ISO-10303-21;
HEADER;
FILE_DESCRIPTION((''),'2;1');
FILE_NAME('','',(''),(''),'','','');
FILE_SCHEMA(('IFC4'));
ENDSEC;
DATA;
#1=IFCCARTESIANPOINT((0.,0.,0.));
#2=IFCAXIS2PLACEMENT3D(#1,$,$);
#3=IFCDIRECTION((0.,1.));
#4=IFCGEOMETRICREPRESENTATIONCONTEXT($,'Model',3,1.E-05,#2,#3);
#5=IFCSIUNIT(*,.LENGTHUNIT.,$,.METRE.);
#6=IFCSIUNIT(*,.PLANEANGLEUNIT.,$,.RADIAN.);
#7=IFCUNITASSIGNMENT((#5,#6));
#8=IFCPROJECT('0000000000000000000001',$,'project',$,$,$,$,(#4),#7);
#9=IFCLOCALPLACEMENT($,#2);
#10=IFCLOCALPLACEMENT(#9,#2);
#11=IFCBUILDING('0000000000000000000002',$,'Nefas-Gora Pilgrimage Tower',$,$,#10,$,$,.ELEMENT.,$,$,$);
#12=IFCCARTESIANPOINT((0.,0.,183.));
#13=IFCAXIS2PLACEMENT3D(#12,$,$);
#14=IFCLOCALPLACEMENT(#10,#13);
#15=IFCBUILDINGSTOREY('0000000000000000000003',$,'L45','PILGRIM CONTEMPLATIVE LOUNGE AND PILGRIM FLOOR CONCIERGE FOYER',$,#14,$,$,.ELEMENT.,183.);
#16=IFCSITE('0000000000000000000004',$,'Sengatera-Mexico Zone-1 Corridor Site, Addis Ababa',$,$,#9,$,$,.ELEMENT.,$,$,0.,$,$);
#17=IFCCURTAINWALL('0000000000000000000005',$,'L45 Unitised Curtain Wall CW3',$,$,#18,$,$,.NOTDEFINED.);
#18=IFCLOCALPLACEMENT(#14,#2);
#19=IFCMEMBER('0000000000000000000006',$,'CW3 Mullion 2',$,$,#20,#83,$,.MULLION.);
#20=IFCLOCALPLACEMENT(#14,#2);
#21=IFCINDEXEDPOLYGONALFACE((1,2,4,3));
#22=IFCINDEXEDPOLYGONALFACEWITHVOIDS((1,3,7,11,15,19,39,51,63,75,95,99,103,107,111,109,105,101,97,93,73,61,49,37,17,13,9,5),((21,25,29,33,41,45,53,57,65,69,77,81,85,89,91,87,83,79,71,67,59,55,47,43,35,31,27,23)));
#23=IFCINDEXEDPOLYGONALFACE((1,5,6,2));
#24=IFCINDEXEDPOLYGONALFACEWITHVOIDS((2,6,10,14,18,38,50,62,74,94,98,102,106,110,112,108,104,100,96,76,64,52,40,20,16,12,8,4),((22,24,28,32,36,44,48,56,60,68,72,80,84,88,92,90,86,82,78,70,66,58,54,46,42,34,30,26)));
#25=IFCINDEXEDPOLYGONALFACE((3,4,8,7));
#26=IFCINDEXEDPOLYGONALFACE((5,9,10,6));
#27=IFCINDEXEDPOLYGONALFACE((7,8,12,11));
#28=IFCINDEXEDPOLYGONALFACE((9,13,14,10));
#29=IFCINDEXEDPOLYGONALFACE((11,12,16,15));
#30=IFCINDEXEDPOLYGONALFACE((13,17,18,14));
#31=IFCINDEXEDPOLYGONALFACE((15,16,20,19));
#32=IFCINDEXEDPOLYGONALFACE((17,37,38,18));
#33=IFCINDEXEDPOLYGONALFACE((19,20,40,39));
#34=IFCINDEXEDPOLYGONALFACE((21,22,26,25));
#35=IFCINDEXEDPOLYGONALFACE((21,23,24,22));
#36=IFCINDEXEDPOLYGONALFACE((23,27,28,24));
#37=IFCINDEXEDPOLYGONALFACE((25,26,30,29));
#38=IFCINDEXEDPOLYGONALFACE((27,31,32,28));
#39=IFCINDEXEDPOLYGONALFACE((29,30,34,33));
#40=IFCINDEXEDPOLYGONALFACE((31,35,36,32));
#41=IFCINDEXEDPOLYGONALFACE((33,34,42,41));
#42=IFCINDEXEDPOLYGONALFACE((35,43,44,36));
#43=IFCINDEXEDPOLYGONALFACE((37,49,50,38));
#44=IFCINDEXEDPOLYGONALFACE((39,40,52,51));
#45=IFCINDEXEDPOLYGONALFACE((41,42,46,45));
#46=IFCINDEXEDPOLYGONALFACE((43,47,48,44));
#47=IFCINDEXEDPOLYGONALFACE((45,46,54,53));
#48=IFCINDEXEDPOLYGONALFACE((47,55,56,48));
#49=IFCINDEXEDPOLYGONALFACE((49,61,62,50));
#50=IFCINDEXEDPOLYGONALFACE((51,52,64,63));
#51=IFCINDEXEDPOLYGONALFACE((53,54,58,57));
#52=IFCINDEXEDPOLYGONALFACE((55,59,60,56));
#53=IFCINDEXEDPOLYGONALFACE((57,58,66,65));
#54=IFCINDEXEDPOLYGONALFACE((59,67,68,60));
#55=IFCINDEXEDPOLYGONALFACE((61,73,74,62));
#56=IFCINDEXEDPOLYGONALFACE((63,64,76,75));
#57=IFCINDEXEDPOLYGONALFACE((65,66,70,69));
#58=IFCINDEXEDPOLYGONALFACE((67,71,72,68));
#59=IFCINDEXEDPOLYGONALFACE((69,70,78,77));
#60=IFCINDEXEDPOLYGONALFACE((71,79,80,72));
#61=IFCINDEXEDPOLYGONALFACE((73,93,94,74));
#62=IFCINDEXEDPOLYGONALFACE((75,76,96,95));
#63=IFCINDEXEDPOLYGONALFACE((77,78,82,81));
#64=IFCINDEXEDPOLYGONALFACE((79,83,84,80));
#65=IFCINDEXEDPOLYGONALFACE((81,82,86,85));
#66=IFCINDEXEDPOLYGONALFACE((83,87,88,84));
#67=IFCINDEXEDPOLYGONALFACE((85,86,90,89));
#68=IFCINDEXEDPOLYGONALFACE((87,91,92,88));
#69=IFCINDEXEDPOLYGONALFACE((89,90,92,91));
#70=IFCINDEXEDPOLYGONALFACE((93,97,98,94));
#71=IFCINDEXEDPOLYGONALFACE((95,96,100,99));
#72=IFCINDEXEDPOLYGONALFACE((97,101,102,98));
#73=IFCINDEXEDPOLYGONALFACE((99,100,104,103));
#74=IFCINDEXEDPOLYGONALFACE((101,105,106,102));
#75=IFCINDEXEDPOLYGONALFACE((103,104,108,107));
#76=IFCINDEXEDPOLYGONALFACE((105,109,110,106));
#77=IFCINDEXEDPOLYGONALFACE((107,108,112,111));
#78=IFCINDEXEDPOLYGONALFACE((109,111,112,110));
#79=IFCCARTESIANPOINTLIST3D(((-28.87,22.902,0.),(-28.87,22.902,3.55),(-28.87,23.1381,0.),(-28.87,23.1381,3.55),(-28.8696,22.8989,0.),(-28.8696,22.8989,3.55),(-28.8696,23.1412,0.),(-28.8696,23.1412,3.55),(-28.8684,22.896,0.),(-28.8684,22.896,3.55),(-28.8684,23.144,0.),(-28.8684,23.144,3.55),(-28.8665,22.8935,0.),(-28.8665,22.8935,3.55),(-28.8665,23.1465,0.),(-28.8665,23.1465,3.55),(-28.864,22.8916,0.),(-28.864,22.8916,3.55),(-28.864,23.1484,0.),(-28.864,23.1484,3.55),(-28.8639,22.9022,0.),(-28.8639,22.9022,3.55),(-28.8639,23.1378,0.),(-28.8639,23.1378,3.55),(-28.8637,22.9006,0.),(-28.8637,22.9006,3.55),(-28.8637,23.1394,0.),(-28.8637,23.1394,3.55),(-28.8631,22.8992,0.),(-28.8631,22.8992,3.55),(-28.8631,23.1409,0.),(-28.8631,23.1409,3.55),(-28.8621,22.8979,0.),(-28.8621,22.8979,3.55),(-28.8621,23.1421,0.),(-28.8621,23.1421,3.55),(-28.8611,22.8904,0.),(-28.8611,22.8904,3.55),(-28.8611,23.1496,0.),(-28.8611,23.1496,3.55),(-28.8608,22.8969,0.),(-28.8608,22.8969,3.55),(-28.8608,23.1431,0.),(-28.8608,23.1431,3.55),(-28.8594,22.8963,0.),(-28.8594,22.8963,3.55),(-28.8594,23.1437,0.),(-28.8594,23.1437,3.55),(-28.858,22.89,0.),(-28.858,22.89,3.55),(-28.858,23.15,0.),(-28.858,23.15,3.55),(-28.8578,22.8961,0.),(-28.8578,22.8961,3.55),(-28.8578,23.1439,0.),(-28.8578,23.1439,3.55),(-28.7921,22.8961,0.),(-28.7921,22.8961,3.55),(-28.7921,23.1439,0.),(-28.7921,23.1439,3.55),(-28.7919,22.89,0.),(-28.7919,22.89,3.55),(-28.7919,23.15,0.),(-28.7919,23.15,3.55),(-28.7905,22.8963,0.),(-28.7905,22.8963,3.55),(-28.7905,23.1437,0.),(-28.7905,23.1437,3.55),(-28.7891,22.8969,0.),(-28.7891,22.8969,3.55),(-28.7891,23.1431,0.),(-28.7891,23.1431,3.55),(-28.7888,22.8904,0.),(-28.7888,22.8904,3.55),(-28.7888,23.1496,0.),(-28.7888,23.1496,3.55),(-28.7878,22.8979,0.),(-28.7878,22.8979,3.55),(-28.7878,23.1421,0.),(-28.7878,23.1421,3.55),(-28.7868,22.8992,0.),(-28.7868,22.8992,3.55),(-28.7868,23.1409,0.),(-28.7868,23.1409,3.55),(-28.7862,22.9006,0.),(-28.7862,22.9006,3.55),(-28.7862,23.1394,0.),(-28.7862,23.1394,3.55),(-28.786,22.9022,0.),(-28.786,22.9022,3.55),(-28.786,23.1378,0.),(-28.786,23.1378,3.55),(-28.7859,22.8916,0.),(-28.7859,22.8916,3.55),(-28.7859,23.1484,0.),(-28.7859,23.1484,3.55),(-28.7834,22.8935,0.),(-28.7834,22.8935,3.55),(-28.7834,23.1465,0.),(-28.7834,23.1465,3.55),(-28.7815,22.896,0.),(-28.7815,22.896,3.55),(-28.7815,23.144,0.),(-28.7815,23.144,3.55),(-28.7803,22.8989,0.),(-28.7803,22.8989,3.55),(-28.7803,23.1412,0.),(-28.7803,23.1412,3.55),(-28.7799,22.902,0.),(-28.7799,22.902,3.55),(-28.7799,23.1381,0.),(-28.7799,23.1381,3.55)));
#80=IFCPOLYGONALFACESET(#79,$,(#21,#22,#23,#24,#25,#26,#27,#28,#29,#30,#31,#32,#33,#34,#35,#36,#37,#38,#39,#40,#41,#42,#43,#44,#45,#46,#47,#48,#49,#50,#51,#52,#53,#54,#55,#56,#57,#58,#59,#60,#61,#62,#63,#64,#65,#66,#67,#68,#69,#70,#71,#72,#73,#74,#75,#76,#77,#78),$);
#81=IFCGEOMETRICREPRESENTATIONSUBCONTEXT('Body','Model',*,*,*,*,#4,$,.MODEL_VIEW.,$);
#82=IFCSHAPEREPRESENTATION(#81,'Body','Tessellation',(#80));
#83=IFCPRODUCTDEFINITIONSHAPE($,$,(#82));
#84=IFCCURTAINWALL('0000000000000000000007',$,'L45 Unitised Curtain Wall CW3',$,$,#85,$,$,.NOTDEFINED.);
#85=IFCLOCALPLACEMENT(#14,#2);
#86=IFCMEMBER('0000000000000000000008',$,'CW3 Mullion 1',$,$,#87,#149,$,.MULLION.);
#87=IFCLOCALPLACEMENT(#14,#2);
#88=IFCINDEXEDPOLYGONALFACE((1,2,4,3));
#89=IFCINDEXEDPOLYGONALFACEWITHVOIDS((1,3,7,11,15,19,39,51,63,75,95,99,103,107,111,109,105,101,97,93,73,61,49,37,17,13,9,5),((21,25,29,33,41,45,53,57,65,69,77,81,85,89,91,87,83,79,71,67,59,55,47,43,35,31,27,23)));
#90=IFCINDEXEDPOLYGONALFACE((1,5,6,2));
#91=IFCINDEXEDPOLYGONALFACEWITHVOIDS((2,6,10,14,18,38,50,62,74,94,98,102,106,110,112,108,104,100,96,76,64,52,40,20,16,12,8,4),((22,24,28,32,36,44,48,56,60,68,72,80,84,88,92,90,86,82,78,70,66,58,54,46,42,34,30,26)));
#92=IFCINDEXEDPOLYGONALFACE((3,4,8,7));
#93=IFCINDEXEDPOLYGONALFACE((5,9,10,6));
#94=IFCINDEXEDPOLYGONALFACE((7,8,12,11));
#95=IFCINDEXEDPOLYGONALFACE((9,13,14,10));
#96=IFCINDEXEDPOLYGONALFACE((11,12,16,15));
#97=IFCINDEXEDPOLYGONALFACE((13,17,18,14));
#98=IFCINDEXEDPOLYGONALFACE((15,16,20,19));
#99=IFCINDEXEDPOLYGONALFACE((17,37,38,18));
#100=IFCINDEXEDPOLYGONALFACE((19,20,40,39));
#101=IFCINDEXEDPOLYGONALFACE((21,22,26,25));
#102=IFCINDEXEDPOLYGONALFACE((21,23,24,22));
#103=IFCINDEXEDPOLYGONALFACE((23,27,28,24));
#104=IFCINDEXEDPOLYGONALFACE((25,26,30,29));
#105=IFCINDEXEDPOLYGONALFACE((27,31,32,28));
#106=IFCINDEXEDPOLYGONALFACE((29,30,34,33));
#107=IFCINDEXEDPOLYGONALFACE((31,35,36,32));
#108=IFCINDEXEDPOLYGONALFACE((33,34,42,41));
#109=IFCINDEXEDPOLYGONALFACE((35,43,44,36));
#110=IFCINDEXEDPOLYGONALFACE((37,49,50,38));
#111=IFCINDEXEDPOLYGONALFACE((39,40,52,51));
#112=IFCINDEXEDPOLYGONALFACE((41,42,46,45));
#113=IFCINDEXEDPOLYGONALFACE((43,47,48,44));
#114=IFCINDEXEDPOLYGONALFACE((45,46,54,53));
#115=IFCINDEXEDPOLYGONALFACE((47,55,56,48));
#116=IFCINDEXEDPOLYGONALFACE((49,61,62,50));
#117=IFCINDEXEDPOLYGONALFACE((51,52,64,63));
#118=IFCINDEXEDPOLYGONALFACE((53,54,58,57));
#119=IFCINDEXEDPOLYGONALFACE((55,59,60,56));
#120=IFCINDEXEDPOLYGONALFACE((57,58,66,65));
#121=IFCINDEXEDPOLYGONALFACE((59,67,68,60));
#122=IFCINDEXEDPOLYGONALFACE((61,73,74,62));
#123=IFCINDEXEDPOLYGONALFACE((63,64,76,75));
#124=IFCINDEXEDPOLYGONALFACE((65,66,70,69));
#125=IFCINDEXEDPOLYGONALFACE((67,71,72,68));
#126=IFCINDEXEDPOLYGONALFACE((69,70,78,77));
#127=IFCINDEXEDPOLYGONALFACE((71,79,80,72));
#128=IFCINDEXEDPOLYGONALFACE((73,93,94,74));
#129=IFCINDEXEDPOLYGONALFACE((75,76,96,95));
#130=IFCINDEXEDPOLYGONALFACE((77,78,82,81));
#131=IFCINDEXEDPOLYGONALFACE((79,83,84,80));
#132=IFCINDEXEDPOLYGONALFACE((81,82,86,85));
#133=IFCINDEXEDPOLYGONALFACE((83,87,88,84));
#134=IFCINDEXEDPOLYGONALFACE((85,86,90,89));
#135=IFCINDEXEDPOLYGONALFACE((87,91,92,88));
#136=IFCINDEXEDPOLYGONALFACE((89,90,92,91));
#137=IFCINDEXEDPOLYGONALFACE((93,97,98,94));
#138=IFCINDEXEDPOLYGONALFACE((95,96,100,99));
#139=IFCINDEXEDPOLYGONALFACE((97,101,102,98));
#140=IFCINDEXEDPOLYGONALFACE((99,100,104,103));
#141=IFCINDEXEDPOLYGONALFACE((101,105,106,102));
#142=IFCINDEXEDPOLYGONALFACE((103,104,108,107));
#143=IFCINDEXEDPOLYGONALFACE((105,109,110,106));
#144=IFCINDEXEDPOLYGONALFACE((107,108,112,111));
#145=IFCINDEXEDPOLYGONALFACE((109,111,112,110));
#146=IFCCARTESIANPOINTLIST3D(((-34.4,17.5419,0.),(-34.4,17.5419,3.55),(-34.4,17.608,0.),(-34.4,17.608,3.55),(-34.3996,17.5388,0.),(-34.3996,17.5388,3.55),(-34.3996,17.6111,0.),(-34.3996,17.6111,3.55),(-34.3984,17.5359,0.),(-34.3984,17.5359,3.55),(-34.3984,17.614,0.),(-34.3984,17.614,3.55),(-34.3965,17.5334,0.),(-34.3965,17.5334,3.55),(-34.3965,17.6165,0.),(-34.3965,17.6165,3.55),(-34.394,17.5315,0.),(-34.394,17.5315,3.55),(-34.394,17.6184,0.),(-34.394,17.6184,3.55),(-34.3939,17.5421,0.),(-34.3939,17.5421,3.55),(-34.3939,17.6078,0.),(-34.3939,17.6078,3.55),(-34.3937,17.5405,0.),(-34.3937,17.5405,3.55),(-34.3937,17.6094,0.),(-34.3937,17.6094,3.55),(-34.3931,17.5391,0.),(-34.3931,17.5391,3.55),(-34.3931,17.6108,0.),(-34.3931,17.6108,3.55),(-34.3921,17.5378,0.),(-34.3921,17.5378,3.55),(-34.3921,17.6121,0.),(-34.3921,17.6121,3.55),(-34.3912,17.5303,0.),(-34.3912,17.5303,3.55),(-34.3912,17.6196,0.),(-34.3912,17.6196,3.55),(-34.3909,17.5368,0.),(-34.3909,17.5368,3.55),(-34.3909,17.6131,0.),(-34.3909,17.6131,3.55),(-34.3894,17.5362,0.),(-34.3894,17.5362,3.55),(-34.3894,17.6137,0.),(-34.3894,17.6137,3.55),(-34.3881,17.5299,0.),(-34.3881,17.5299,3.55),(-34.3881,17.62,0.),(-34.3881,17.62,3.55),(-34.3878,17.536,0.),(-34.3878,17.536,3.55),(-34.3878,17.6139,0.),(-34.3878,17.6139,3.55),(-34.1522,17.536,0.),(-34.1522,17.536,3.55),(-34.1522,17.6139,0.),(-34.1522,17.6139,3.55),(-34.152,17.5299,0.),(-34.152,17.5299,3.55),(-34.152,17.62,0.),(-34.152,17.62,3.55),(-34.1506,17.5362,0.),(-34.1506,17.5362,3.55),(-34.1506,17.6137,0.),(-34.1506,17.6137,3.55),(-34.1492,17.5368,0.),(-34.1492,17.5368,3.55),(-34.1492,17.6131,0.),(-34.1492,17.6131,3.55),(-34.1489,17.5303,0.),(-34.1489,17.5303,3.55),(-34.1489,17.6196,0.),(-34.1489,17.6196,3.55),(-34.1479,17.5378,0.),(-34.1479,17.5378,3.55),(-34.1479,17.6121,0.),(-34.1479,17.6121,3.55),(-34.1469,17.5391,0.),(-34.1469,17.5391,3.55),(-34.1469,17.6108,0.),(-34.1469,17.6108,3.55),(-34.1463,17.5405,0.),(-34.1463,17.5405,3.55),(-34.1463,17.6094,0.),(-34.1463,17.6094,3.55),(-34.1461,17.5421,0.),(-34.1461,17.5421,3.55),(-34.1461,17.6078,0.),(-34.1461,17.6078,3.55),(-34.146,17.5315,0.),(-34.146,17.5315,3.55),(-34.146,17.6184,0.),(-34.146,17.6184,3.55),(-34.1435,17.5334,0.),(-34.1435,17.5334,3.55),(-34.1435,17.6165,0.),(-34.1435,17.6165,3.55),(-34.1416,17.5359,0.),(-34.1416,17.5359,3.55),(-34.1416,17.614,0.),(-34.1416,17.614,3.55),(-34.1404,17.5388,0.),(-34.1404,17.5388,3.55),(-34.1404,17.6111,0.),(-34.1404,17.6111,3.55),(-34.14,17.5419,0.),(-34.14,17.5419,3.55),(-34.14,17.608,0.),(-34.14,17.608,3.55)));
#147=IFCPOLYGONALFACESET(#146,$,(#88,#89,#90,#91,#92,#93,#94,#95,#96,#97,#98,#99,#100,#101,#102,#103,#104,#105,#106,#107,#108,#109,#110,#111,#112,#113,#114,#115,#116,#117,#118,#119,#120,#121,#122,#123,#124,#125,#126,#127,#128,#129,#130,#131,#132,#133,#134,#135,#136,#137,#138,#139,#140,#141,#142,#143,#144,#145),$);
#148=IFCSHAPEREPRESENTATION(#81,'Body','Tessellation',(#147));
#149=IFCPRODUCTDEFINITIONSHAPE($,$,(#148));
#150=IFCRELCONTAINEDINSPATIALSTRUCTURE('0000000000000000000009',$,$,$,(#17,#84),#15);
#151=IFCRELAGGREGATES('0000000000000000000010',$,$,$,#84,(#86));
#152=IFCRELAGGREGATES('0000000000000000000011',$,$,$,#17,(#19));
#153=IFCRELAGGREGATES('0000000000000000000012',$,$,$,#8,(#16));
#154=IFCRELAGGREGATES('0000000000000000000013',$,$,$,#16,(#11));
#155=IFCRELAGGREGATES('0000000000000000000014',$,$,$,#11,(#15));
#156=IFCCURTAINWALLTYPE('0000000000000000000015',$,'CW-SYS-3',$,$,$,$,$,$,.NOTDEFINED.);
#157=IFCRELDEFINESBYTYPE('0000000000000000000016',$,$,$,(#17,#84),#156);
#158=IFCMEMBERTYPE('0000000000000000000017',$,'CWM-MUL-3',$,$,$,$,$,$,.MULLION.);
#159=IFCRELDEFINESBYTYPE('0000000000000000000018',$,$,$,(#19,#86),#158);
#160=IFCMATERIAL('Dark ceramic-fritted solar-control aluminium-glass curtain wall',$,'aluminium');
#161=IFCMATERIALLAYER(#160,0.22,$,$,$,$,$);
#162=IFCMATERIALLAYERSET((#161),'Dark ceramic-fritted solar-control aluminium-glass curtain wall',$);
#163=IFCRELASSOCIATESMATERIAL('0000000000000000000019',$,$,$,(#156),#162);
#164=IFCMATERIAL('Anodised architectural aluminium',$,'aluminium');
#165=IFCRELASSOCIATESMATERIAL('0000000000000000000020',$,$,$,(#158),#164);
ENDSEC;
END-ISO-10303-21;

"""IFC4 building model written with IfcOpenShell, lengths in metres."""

from ifc_helpers import new_model, si_unit, direction, frame, origin, origin_2d, place, context, subcontext, project, spatial, hollow_rectangle, extrude, source, transform, mapped, material, layer, layer_set, material_profile, profile_set, type_object, element, aggregate, save


model = new_model("IFC4")

# Units and contexts
model_context = context("Model", 3, precision=1e-05, world=origin(), true_north=direction((0.0, 1.0)))
body_context = subcontext(model_context, "Body", "Model", "MODEL_VIEW")
ifc_project = project(units=[si_unit("LENGTHUNIT", "METRE"), si_unit("PLANEANGLEUNIT", "RADIAN")], contexts=[model_context])

# Site, building, storey
site_placement = place(None, origin())
site = spatial("IfcSite", under=ifc_project, at=site_placement, Name="Sengatera-Mexico Zone-1 Corridor Site, Addis Ababa", CompositionType="ELEMENT", RefElevation=0.0)
building_placement = place(site_placement, origin())
building = spatial("IfcBuilding", under=site, at=building_placement, Name="Nefas-Gora Pilgrimage Tower", CompositionType="ELEMENT")
storey_placement = place(building_placement, frame((0.0, 0.0, 183.0)))
storey = spatial("IfcBuildingStorey", under=building, at=storey_placement, Name="L45", Description="PILGRIM CONTEMPLATIVE LOUNGE AND PILGRIM FLOOR CONCIERGE FOYER", CompositionType="ELEMENT", Elevation=183.0)

# Shared definitions
ifc_material_1 = material(Name="Dark ceramic-fritted solar-control aluminium-glass curtain wall", Category="aluminium")
ifc_material_2 = material(Name="Anodised architectural aluminium", Category="aluminium")

# Curtain walls, members
ifc_layer_1 = layer(ifc_material_1, 0.22)
ifc_layer_set_1 = layer_set([ifc_layer_1], Name="Dark ceramic-fritted solar-control aluminium-glass curtain wall")
curtain_wall_type_1 = type_object("IfcCurtainWallType", Name="CW-SYS-3", PredefinedType="NOTDEFINED", material=ifc_layer_set_1)
curtain_wall_1_placement = place(storey_placement, origin())
curtain_wall_1 = element("IfcCurtainWall", 1, at=curtain_wall_1_placement, inside=storey, type_object=curtain_wall_type_1, Name="L45 Unitised Curtain Wall CW3", PredefinedType="NOTDEFINED")
ifc_material_profile_1 = material_profile(ifc_material_2, hollow_rectangle(XDim=0.0901, YDim=0.26, WallThickness=0.0061, InnerFilletRadius=0.0061, OuterFilletRadius=0.012, at=origin_2d()), Name="ALU MULLION 90x260")
ifc_profile_set_1 = profile_set([ifc_material_profile_1], Name="Anodised architectural aluminium")
member_type_1 = type_object("IfcMemberType", Name="CWM-MUL-3", PredefinedType="MULLION", material=ifc_profile_set_1)
shared_shape_1 = source(origin(), body_context, "Body", "SweptSolid", [
    extrude(hollow_rectangle(XDim=0.0901, YDim=0.26, WallThickness=0.0061, InnerFilletRadius=0.0061, OuterFilletRadius=0.012, at=origin_2d()), origin(), (0.0, 0.0, 1.0), 3.55),
])
member_1_placement = place(storey_placement, frame((-28.825, 23.02, 0.0), z_axis=(0.0, 0.0, 1.0), x_axis=(-1.0, 0.0, 0.0)))
member_1 = element("IfcMember", 2, at=member_1_placement, type_object=member_type_1, Name="CW3 Mullion 2", PredefinedType="MULLION", context=body_context, shape_type="MappedRepresentation", body=[
    mapped(shared_shape_1, transform((0.0, 0.0, 0.0), x_axis=(1.0, 0.0, 0.0), y_axis=(0.0, 1.0, 0.0), z_axis=(0.0, 0.0, 1.0), scale=1.0)),
])
curtain_wall_2_placement = place(storey_placement, origin())
curtain_wall_2 = element("IfcCurtainWall", 3, at=curtain_wall_2_placement, inside=storey, type_object=curtain_wall_type_1, Name="L45 Unitised Curtain Wall CW3", PredefinedType="NOTDEFINED")
member_2_placement = place(storey_placement, frame((-34.27, 17.575, 0.0), z_axis=(0.0, 0.0, 1.0), x_axis=(0.0, -1.0, 0.0)))
member_2 = element("IfcMember", 4, at=member_2_placement, type_object=member_type_1, Name="CW3 Mullion 1", PredefinedType="MULLION", context=body_context, shape_type="MappedRepresentation", body=[
    mapped(shared_shape_1, transform((0.0, 0.0, 0.0), x_axis=(1.0, 0.0, 0.0), y_axis=(0.0, 1.0, 0.0), z_axis=(0.0, 0.0, 1.0), scale=1.0)),
])

aggregate(curtain_wall_2, [member_2])
aggregate(curtain_wall_1, [member_1])

save(model, "model.ifc")
